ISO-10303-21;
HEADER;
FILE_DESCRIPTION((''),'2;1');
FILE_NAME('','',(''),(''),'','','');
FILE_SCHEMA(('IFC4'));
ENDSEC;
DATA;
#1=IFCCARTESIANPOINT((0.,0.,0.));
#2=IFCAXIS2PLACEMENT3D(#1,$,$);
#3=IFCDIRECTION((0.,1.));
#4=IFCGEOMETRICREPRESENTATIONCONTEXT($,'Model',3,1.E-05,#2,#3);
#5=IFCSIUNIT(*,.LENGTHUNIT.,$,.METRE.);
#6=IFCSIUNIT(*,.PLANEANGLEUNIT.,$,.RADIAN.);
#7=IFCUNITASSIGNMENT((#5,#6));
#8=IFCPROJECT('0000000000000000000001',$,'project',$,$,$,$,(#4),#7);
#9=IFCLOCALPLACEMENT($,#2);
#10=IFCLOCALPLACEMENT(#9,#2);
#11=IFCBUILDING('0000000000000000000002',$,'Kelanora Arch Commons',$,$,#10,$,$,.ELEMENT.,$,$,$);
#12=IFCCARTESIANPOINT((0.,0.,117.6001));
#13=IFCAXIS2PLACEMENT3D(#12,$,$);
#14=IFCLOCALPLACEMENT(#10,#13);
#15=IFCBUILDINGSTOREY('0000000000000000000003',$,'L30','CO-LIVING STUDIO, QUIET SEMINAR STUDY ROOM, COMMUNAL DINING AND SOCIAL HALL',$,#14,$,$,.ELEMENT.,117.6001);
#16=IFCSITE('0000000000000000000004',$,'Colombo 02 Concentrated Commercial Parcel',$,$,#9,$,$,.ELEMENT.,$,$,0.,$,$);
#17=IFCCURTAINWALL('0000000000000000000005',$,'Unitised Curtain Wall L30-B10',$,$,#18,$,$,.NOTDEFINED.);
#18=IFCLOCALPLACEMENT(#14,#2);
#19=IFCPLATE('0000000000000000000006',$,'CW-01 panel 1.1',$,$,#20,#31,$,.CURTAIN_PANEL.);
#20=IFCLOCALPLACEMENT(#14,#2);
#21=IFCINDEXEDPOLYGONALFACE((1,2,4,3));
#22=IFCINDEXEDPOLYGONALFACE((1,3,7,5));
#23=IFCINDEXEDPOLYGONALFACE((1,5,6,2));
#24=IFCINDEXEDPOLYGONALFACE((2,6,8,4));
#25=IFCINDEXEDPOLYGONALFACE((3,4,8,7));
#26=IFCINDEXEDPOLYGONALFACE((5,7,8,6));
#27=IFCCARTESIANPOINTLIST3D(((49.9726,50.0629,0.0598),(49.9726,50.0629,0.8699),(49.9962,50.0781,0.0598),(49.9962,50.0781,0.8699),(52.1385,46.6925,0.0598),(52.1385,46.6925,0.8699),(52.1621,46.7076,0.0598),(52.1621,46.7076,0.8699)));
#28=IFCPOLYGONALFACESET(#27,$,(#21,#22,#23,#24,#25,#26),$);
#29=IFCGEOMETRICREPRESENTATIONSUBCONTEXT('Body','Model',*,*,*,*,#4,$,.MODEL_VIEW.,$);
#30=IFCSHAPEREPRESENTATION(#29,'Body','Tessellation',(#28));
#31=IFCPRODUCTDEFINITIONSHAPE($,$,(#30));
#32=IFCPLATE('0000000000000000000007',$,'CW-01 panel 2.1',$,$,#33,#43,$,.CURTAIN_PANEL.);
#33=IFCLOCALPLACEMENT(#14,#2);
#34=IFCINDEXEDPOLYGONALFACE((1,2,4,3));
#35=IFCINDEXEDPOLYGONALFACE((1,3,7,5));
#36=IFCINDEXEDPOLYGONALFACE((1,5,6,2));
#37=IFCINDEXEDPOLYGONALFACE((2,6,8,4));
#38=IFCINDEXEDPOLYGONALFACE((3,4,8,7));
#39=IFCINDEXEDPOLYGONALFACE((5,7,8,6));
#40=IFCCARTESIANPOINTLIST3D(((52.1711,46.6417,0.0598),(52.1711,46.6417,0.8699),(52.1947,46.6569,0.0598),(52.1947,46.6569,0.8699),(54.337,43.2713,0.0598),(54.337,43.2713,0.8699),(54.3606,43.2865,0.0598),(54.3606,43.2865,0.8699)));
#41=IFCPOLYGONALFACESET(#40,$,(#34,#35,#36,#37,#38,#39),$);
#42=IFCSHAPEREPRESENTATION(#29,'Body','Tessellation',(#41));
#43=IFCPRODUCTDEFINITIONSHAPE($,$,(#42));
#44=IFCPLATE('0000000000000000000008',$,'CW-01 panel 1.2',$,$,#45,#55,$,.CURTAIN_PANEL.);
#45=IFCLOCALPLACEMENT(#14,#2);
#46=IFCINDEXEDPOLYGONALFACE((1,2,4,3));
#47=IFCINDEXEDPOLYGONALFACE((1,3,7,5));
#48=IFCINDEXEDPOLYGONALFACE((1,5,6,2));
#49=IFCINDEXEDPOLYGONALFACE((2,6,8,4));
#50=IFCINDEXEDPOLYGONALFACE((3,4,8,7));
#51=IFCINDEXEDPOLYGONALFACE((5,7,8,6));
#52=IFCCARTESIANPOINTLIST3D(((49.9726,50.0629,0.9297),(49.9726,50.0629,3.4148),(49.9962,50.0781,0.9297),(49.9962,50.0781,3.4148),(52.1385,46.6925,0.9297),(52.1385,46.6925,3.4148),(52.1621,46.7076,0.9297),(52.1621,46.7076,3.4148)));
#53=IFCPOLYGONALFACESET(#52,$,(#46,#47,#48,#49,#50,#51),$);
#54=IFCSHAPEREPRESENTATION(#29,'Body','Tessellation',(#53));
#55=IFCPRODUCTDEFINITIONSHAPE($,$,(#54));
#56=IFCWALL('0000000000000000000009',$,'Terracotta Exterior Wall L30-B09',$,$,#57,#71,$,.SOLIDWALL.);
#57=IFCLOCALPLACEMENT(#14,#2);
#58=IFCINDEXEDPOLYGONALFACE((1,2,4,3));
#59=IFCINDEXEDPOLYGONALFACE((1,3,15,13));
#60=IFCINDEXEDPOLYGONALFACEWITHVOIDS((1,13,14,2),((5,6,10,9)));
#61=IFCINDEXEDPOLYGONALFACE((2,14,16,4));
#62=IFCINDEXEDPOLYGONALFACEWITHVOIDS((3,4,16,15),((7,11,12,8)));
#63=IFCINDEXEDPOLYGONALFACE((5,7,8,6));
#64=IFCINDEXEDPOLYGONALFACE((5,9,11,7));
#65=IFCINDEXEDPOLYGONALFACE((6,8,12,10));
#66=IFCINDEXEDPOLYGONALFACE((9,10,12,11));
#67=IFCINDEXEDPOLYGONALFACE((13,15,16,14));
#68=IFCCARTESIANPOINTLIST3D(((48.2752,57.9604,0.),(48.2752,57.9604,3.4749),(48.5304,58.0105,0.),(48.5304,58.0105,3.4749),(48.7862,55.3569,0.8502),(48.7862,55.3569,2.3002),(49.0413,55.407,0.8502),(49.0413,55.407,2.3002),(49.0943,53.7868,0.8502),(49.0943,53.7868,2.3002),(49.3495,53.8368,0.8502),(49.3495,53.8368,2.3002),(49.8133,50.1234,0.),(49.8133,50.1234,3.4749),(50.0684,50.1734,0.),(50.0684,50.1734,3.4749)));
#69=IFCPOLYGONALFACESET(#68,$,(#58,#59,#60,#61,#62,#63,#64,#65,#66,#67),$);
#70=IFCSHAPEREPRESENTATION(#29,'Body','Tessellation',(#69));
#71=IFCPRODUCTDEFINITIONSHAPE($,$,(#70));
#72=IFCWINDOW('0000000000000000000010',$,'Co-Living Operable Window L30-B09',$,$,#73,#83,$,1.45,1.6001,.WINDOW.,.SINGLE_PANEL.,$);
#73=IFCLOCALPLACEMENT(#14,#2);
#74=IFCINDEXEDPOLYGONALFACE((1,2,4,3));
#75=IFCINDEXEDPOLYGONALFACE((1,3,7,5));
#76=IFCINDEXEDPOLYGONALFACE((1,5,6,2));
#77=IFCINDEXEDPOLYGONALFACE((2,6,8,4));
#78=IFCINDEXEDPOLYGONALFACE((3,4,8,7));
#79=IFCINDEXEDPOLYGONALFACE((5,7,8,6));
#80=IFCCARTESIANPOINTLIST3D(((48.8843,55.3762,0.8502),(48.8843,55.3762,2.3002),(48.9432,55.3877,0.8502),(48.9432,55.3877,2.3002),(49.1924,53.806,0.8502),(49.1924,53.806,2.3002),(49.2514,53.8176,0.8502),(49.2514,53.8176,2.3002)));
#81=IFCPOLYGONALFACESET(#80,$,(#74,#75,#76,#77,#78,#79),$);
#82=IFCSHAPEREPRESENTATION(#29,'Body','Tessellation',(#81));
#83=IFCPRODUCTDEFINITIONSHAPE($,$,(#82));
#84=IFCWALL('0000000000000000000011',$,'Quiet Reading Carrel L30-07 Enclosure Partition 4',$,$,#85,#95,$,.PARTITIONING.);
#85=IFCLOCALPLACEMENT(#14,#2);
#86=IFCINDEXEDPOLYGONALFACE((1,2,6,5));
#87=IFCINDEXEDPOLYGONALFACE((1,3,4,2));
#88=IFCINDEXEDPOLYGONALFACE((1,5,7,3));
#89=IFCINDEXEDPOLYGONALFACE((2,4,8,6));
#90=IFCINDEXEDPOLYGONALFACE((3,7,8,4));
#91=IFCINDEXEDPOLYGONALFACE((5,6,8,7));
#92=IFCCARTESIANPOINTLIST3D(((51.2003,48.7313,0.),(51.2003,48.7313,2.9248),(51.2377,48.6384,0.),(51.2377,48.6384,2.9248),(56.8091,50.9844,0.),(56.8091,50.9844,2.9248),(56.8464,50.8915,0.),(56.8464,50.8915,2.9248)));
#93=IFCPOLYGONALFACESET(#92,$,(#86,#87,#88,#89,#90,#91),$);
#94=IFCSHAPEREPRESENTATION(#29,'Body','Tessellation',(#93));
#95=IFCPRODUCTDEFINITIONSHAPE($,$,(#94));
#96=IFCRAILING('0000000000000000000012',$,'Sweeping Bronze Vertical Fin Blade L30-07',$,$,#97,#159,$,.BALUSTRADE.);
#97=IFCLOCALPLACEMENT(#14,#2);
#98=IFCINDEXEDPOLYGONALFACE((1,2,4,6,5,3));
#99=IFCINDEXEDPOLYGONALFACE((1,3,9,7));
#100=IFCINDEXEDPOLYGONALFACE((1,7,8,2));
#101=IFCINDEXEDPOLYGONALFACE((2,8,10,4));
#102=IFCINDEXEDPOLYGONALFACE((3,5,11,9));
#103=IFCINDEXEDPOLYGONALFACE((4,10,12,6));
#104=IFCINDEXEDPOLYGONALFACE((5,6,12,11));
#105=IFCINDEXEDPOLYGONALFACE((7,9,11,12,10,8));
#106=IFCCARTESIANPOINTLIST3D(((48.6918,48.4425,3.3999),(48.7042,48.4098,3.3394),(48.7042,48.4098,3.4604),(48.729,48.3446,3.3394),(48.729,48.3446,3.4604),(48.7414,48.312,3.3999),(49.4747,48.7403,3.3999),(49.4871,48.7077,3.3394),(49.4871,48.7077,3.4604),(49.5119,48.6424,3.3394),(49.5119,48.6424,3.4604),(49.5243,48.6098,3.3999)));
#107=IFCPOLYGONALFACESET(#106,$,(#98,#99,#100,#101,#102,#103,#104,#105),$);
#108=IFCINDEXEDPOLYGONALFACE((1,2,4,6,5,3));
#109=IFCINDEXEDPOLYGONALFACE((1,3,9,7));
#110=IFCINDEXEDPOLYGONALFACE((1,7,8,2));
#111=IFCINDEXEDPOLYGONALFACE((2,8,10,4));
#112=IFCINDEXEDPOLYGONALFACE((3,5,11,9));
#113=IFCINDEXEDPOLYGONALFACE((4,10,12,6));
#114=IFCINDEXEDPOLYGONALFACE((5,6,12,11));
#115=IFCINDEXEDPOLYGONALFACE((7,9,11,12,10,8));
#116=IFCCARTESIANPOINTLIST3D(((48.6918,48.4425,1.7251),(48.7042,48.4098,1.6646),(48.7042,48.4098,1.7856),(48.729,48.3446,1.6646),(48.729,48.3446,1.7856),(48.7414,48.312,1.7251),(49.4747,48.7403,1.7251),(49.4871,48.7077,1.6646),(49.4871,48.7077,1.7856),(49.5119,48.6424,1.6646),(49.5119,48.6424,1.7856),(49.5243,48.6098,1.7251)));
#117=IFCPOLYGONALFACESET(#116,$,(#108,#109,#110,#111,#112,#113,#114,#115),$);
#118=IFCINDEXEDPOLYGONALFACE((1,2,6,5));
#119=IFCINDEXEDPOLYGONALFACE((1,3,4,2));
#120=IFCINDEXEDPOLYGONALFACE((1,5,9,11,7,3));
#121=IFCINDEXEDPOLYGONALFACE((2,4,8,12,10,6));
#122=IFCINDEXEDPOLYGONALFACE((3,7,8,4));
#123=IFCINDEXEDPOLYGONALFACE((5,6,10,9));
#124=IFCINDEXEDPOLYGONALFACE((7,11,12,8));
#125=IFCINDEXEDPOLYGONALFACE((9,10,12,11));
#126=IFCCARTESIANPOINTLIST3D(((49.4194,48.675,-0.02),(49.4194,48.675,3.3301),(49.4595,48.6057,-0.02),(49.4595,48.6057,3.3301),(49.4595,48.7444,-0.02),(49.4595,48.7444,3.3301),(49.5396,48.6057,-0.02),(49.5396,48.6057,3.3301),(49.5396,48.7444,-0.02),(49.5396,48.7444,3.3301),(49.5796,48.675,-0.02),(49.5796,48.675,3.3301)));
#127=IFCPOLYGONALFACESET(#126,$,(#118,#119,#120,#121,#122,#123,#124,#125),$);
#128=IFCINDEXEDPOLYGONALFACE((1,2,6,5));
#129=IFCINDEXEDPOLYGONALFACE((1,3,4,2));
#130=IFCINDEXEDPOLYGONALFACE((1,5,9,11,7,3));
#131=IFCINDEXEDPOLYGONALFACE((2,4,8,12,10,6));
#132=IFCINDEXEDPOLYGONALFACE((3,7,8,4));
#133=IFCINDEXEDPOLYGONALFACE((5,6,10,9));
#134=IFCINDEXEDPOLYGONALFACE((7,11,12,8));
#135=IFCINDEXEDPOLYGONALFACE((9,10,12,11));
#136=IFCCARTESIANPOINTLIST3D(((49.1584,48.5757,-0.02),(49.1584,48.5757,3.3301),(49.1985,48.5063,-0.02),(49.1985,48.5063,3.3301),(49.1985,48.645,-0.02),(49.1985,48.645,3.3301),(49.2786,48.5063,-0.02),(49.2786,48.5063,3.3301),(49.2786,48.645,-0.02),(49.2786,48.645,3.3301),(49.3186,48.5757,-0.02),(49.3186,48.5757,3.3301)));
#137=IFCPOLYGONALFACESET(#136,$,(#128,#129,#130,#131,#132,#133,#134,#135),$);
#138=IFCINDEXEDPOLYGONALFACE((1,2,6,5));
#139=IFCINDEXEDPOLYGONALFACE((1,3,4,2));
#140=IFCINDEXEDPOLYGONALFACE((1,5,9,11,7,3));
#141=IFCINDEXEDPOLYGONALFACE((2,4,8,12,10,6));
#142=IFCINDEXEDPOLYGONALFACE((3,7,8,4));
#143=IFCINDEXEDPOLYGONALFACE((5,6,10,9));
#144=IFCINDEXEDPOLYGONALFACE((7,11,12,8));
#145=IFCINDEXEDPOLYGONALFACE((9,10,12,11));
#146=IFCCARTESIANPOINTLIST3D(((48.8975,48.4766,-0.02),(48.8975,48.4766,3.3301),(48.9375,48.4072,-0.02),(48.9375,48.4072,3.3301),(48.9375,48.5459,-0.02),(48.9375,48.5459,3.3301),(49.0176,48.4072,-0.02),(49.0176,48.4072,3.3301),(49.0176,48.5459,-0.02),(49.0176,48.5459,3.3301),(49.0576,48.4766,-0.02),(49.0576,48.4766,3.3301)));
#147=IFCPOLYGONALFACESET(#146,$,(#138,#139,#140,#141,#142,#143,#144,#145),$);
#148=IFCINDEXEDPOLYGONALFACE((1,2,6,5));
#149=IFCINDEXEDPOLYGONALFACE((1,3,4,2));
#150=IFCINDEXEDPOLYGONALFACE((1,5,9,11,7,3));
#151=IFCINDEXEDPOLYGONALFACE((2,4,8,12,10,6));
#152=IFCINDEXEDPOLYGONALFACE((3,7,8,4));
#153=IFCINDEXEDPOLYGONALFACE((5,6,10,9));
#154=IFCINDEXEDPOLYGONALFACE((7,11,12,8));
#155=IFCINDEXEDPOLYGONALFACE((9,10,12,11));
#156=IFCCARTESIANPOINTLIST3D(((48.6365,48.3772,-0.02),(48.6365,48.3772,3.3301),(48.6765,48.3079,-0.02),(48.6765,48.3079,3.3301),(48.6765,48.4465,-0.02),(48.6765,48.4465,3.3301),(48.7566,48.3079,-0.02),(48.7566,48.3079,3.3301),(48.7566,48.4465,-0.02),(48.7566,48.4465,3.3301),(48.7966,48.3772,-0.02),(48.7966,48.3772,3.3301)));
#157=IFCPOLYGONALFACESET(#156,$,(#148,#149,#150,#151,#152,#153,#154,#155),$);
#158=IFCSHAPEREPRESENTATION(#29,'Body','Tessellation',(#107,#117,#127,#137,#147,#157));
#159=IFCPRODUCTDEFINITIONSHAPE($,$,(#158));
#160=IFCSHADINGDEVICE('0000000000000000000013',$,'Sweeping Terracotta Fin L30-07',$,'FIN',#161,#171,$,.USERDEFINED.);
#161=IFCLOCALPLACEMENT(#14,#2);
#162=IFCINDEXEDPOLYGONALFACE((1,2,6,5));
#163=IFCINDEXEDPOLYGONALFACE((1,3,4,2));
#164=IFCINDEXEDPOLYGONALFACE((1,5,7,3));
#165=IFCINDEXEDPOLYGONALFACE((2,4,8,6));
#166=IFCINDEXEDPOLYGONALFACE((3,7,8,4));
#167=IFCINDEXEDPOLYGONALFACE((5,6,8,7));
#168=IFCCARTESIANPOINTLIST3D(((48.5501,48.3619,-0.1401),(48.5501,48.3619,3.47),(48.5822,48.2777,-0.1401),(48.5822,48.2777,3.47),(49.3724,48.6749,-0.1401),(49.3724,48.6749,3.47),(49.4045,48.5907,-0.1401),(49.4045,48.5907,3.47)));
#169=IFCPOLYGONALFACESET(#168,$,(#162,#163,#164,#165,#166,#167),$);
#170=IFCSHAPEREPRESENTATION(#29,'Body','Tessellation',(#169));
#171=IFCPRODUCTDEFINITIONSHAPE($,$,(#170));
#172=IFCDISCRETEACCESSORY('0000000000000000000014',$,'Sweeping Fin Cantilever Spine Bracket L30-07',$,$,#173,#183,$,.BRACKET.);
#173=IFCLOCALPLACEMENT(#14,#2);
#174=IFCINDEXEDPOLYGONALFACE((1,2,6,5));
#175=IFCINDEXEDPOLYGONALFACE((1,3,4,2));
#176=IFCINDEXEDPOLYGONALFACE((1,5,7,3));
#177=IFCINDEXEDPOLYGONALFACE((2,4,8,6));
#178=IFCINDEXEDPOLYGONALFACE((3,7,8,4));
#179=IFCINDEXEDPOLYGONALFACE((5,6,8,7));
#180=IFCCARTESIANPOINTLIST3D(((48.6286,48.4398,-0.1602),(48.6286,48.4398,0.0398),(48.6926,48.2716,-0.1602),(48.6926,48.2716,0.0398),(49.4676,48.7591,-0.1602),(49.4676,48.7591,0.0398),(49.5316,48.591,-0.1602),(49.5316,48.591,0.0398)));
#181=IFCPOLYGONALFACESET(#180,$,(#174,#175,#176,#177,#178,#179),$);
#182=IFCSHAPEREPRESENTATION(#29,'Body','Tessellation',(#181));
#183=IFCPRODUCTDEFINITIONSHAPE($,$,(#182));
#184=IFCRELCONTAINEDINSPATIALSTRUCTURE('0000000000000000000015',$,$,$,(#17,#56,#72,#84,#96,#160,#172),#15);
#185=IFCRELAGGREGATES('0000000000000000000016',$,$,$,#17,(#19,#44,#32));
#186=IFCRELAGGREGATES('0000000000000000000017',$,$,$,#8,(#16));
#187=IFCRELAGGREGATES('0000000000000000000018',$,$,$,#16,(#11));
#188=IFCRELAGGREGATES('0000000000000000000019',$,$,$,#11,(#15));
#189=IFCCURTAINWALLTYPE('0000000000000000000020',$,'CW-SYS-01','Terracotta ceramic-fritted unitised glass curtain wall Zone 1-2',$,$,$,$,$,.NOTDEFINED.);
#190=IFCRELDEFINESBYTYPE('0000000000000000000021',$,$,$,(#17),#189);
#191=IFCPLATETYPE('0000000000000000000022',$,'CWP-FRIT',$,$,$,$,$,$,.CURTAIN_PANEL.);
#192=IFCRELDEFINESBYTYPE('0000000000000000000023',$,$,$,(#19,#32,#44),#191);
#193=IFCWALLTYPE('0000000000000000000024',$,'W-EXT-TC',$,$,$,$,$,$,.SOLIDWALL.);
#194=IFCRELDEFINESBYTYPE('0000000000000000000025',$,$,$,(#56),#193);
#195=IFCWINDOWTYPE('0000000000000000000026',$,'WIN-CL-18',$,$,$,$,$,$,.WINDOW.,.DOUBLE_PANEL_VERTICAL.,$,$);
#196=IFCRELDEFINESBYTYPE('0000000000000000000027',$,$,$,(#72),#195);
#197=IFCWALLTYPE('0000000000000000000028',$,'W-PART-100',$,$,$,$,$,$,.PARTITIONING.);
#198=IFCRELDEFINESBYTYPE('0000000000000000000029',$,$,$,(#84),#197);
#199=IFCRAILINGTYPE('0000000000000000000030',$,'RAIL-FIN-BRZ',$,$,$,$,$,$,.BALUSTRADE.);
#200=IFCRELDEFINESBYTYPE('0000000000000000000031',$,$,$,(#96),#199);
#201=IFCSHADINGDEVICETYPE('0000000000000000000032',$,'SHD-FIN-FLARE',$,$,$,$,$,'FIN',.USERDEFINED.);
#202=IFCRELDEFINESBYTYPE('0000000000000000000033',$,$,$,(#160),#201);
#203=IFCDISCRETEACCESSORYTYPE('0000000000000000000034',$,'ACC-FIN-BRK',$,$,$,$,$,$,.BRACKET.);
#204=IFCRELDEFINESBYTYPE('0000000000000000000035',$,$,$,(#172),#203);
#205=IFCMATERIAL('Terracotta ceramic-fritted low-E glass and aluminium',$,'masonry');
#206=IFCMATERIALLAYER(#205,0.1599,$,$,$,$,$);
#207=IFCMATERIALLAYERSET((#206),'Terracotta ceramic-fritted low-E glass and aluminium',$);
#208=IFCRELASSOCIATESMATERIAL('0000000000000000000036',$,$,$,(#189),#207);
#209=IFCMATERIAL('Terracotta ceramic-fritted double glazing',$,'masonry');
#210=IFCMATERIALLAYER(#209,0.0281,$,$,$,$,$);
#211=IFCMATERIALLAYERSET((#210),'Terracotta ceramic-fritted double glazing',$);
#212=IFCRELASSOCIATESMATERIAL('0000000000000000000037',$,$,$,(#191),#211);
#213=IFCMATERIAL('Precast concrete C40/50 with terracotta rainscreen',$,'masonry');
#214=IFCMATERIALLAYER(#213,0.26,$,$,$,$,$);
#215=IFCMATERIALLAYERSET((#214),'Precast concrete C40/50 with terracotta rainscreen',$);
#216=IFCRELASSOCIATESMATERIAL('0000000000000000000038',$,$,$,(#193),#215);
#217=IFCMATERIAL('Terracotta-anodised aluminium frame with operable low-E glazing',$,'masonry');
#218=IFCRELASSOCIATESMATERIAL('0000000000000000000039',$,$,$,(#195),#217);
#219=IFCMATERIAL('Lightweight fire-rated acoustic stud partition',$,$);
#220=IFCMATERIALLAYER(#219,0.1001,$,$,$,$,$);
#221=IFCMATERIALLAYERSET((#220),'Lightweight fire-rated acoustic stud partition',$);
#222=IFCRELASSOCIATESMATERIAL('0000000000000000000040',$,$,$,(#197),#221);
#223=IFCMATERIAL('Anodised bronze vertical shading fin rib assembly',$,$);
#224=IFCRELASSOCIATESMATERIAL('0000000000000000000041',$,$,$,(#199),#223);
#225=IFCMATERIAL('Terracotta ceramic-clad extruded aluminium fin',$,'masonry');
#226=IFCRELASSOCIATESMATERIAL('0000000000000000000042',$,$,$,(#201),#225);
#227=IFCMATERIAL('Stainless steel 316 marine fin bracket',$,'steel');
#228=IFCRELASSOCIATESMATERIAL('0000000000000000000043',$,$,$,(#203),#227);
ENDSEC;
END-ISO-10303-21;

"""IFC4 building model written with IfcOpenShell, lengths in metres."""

from ifc_helpers import new_model, si_unit, direction, frame, frame_2d, origin, origin_2d, place, context, subcontext, project, spatial, polyline, rectangle, outline, extrude, source, transform, mapped, material, layer, layer_set, type_object, element, fill, aggregate, save


model = new_model("IFC4")

# Units and contexts
model_context = context("Model", 3, precision=1e-05, world=origin(), true_north=direction((0.0, 1.0)))
body_context = subcontext(model_context, "Body", "Model", "MODEL_VIEW")
ifc_project = project(units=[si_unit("LENGTHUNIT", "METRE"), si_unit("PLANEANGLEUNIT", "RADIAN")], contexts=[model_context])

# Site, building, storey
site_placement = place(None, origin())
site = spatial("IfcSite", under=ifc_project, at=site_placement, Name="Colombo 02 Concentrated Commercial Parcel", CompositionType="ELEMENT", RefElevation=0.0)
building_placement = place(site_placement, origin())
building = spatial("IfcBuilding", under=site, at=building_placement, Name="Kelanora Arch Commons", CompositionType="ELEMENT")
storey_placement = place(building_placement, frame((0.0, 0.0, 117.6001)))
storey = spatial("IfcBuildingStorey", under=building, at=storey_placement, Name="L30", Description="CO-LIVING STUDIO, QUIET SEMINAR STUDY ROOM, COMMUNAL DINING AND SOCIAL HALL", CompositionType="ELEMENT", Elevation=117.6001)

# Curtain wall
ifc_material_1 = material(Name="Terracotta ceramic-fritted low-E glass and aluminium", Category="masonry")
ifc_layer_1 = layer(ifc_material_1, 0.1599)
ifc_layer_set_1 = layer_set([ifc_layer_1], Name="Terracotta ceramic-fritted low-E glass and aluminium")
curtain_wall_type = type_object("IfcCurtainWallType", Name="CW-SYS-01", Description="Terracotta ceramic-fritted unitised glass curtain wall Zone 1-2", PredefinedType="NOTDEFINED", material=ifc_layer_set_1)
curtain_wall_placement = place(storey_placement, origin())
curtain_wall = element("IfcCurtainWall", 1, at=curtain_wall_placement, inside=storey, type_object=curtain_wall_type, Name="Unitised Curtain Wall L30-B10", PredefinedType="NOTDEFINED")

# Plates
ifc_material_2 = material(Name="Terracotta ceramic-fritted double glazing", Category="masonry")
ifc_layer_2 = layer(ifc_material_2, 0.0281)
ifc_layer_set_2 = layer_set([ifc_layer_2], Name="Terracotta ceramic-fritted double glazing")
plate_type = type_object("IfcPlateType", Name="CWP-FRIT", PredefinedType="CURTAIN_PANEL", material=ifc_layer_set_2)
shared_shape_1 = source(origin(), body_context, "Body", "SweptSolid", [
    extrude(rectangle(XDim=4.0063, YDim=0.0281, at=origin_2d()), origin(), (0.0, 0.0, 1.0), 0.8101),
])
plate_1_placement = place(storey_placement, frame((51.0674, 48.3853, 0.0598), z_axis=(0.0, 0.0, 1.0), x_axis=(0.540617, -0.841269, 0.0)))
plate_1 = element("IfcPlate", 2, at=plate_1_placement, type_object=plate_type, Name="CW-01 panel 1.1", PredefinedType="CURTAIN_PANEL", context=body_context, shape_type="MappedRepresentation", body=[
    mapped(shared_shape_1, transform((0.0, 0.0, 0.0), scale=1.0)),
])
plate_2_placement = place(storey_placement, frame((53.2659, 44.9641, 0.0598), z_axis=(0.0, 0.0, 1.0), x_axis=(0.540617, -0.841269, 0.0)))
plate_2 = element("IfcPlate", 3, at=plate_2_placement, type_object=plate_type, Name="CW-01 panel 2.1", PredefinedType="CURTAIN_PANEL", context=body_context, shape_type="MappedRepresentation", body=[
    mapped(shared_shape_1, transform((0.0, 0.0, 0.0), scale=1.0)),
])
shared_shape_2 = source(origin(), body_context, "Body", "SweptSolid", [
    extrude(rectangle(XDim=4.0063, YDim=0.0281, at=origin_2d()), origin(), (0.0, 0.0, 1.0), 2.4851),
])
plate_3_placement = place(storey_placement, frame((51.0674, 48.3853, 0.9297), z_axis=(0.0, 0.0, 1.0), x_axis=(0.540617, -0.841269, 0.0)))
plate_3 = element("IfcPlate", 4, at=plate_3_placement, type_object=plate_type, Name="CW-01 panel 1.2", PredefinedType="CURTAIN_PANEL", context=body_context, shape_type="MappedRepresentation", body=[
    mapped(shared_shape_2, transform((0.0, 0.0, 0.0), scale=1.0)),
])
aggregate(curtain_wall, [plate_1, plate_3, plate_2])

# Wall, opening, window
ifc_material_3 = material(Name="Precast concrete C40/50 with terracotta rainscreen", Category="masonry")
ifc_layer_3 = layer(ifc_material_3, 0.26)
ifc_layer_set_3 = layer_set([ifc_layer_3], Name="Precast concrete C40/50 with terracotta rainscreen")
wall_type_1 = type_object("IfcWallType", Name="W-EXT-TC", PredefinedType="SOLIDWALL", material=ifc_layer_set_3)
wall_1_placement = place(storey_placement, frame((48.4028, 57.9854, 0.0), z_axis=(0.0, 0.0, 1.0), x_axis=(0.192582, -0.981281, 0.0)))
wall_1 = element("IfcWall", 5, at=wall_1_placement, inside=storey, type_object=wall_type_1, Name="Terracotta Exterior Wall L30-B09", PredefinedType="SOLIDWALL", context=body_context, shape_type="SweptSolid", body=[
    extrude(rectangle(XDim=7.9866, YDim=0.26, at=frame_2d((3.9932, 0.0))), origin(), (0.0, 0.0, 1.0), 3.4749),
])
opening_placement = place(wall_1_placement, frame((2.6531, 0.0, 0.8501)))
opening = element("IfcOpeningElement", 6, at=opening_placement, cuts=wall_1, PredefinedType="OPENING", context=body_context, shape_type="SweptSolid", body=[
    extrude(rectangle(XDim=1.6001, YDim=1.45, at=frame_2d((0.8, 0.7251))), frame((0.0, 0.1401, 0.0), z_axis=(0.0, -1.0, 0.0), x_axis=(1.0, 0.0, 0.0)), (0.0, 0.0, 1.0), 0.28),
])
ifc_material_4 = material(Name="Terracotta-anodised aluminium frame with operable low-E glazing", Category="masonry")
window_type = type_object("IfcWindowType", Name="WIN-CL-18", PartitioningType="DOUBLE_PANEL_VERTICAL", PredefinedType="WINDOW", material=ifc_material_4)
window_placement = place(opening_placement, origin())
window = element("IfcWindow", 7, at=window_placement, inside=storey, type_object=window_type, Name="Co-Living Operable Window L30-B09", OverallHeight=1.45, OverallWidth=1.6001, PartitioningType="SINGLE_PANEL", PredefinedType="WINDOW", context=body_context, shape_type="SweptSolid", body=[
    extrude(rectangle(XDim=1.6001, YDim=1.45, at=frame_2d((0.8, 0.7251))), frame((0.0, 0.03, 0.0), z_axis=(0.0, -1.0, 0.0), x_axis=(1.0, 0.0, 0.0)), (0.0, 0.0, 1.0), 0.0601),
])
fill(opening, window)

# Wall
ifc_material_5 = material(Name="Lightweight fire-rated acoustic stud partition")
ifc_layer_4 = layer(ifc_material_5, 0.1001)
ifc_layer_set_4 = layer_set([ifc_layer_4], Name="Lightweight fire-rated acoustic stud partition")
wall_type_2 = type_object("IfcWallType", Name="W-PART-100", PredefinedType="PARTITIONING", material=ifc_layer_set_4)
wall_2_placement = place(storey_placement, frame((51.219, 48.6848, 0.0), z_axis=(0.0, 0.0, 1.0), x_axis=(0.927927, 0.372762, 0.0)))
element("IfcWall", 8, at=wall_2_placement, inside=storey, type_object=wall_type_2, Name="Quiet Reading Carrel L30-07 Enclosure Partition 4", PredefinedType="PARTITIONING", context=body_context, shape_type="SweptSolid", body=[
    extrude(rectangle(XDim=6.0444, YDim=0.1001, at=frame_2d((3.0222, 0.0))), origin(), (0.0, 0.0, 1.0), 2.9248),
])

# Railing
ifc_material_6 = material(Name="Anodised bronze vertical shading fin rib assembly")
railing_type = type_object("IfcRailingType", Name="RAIL-FIN-BRZ", PredefinedType="BALUSTRADE", material=ifc_material_6)
railing_placement = place(storey_placement, frame((49.4995, 48.675, -0.02)))
element("IfcRailing", 9, at=railing_placement, inside=storey, type_object=railing_type, Name="Sweeping Bronze Vertical Fin Blade L30-07", PredefinedType="BALUSTRADE", context=body_context, shape_type="SweptSolid", body=[
    extrude(outline(polyline([(0.0698, 0.0), (0.0349, 0.0605), (-0.0349, 0.0605), (-0.0698, 0.0), (-0.0349, -0.0605), (0.0349, -0.0605), (0.0698, 0.0)])), frame((0.0, 0.0, 3.4199), z_axis=(-0.934654, -0.355559, 0.0), x_axis=(0.355559, -0.934654, 0.0)), (0.0, 0.0, 1.0), 0.8376),
    extrude(outline(polyline([(0.0698, 0.0), (0.0349, 0.0605), (-0.0349, 0.0605), (-0.0698, 0.0), (-0.0349, -0.0605), (0.0349, -0.0605), (0.0698, 0.0)])), frame((0.0, 0.0, 1.7451), z_axis=(-0.934654, -0.355559, 0.0), x_axis=(0.355559, -0.934654, 0.0)), (0.0, 0.0, 1.0), 0.8376),
    extrude(outline(polyline([(0.0801, 0.0), (0.04, 0.0693), (-0.04, 0.0693), (-0.0801, 0.0), (-0.04, -0.0693), (0.04, -0.0693), (0.0801, 0.0)])), origin(), (0.0, 0.0, 1.0), 3.3501),
    extrude(outline(polyline([(0.0801, 0.0), (0.04, 0.0693), (-0.04, 0.0693), (-0.0801, 0.0), (-0.04, -0.0693), (0.04, -0.0693), (0.0801, 0.0)])), frame((-0.261, -0.0994, 0.0)), (0.0, 0.0, 1.0), 3.3501),
    extrude(outline(polyline([(0.0801, 0.0), (0.04, 0.0693), (-0.04, 0.0693), (-0.0801, 0.0), (-0.04, -0.0693), (0.04, -0.0693), (0.0801, 0.0)])), frame((-0.522, -0.1985, 0.0)), (0.0, 0.0, 1.0), 3.3501),
    extrude(outline(polyline([(0.0801, 0.0), (0.04, 0.0693), (-0.04, 0.0693), (-0.0801, 0.0), (-0.04, -0.0693), (0.04, -0.0693), (0.0801, 0.0)])), frame((-0.783, -0.2979, 0.0)), (0.0, 0.0, 1.0), 3.3501),
])

# Shading device
ifc_material_7 = material(Name="Terracotta ceramic-clad extruded aluminium fin", Category="masonry")
shading_device_type = type_object("IfcShadingDeviceType", Name="SHD-FIN-FLARE", ElementType="FIN", PredefinedType="USERDEFINED", material=ifc_material_7)
shared_shape_3 = source(origin(), body_context, "Body", "SweptSolid", [
    extrude(rectangle(XDim=0.8799, YDim=0.0901, at=origin_2d()), origin(), (0.0, 0.0, 1.0), 3.6101),
])
shading_device_placement = place(storey_placement, frame((48.9773, 48.4763, -0.1401), z_axis=(0.0, 0.0, 1.0), x_axis=(-0.934578, -0.35576, 0.0)))
element("IfcShadingDevice", 10, at=shading_device_placement, inside=storey, type_object=shading_device_type, Name="Sweeping Terracotta Fin L30-07", ObjectType="FIN", PredefinedType="USERDEFINED", context=body_context, shape_type="MappedRepresentation", body=[
    mapped(shared_shape_3, transform((0.0, 0.0, 0.0), scale=1.0)),
])

# Discrete accessory
ifc_material_8 = material(Name="Stainless steel 316 marine fin bracket", Category="steel")
discrete_accessory_type = type_object("IfcDiscreteAccessoryType", Name="ACC-FIN-BRK", PredefinedType="BRACKET", material=ifc_material_8)
shared_shape_4 = source(origin(), body_context, "Body", "SweptSolid", [
    extrude(rectangle(XDim=0.8977, YDim=0.1799, at=origin_2d()), origin(), (0.0, 0.0, 1.0), 0.2),
])
discrete_accessory_placement = place(storey_placement, frame((49.0801, 48.5154, -0.1602), z_axis=(0.0, 0.0, 1.0), x_axis=(-0.934578, -0.35576, 0.0)))
element("IfcDiscreteAccessory", 11, at=discrete_accessory_placement, inside=storey, type_object=discrete_accessory_type, Name="Sweeping Fin Cantilever Spine Bracket L30-07", PredefinedType="BRACKET", context=body_context, shape_type="MappedRepresentation", body=[
    mapped(shared_shape_4, transform((0.0, 0.0, 0.0), scale=1.0)),
])

save(model, "model.ifc")
